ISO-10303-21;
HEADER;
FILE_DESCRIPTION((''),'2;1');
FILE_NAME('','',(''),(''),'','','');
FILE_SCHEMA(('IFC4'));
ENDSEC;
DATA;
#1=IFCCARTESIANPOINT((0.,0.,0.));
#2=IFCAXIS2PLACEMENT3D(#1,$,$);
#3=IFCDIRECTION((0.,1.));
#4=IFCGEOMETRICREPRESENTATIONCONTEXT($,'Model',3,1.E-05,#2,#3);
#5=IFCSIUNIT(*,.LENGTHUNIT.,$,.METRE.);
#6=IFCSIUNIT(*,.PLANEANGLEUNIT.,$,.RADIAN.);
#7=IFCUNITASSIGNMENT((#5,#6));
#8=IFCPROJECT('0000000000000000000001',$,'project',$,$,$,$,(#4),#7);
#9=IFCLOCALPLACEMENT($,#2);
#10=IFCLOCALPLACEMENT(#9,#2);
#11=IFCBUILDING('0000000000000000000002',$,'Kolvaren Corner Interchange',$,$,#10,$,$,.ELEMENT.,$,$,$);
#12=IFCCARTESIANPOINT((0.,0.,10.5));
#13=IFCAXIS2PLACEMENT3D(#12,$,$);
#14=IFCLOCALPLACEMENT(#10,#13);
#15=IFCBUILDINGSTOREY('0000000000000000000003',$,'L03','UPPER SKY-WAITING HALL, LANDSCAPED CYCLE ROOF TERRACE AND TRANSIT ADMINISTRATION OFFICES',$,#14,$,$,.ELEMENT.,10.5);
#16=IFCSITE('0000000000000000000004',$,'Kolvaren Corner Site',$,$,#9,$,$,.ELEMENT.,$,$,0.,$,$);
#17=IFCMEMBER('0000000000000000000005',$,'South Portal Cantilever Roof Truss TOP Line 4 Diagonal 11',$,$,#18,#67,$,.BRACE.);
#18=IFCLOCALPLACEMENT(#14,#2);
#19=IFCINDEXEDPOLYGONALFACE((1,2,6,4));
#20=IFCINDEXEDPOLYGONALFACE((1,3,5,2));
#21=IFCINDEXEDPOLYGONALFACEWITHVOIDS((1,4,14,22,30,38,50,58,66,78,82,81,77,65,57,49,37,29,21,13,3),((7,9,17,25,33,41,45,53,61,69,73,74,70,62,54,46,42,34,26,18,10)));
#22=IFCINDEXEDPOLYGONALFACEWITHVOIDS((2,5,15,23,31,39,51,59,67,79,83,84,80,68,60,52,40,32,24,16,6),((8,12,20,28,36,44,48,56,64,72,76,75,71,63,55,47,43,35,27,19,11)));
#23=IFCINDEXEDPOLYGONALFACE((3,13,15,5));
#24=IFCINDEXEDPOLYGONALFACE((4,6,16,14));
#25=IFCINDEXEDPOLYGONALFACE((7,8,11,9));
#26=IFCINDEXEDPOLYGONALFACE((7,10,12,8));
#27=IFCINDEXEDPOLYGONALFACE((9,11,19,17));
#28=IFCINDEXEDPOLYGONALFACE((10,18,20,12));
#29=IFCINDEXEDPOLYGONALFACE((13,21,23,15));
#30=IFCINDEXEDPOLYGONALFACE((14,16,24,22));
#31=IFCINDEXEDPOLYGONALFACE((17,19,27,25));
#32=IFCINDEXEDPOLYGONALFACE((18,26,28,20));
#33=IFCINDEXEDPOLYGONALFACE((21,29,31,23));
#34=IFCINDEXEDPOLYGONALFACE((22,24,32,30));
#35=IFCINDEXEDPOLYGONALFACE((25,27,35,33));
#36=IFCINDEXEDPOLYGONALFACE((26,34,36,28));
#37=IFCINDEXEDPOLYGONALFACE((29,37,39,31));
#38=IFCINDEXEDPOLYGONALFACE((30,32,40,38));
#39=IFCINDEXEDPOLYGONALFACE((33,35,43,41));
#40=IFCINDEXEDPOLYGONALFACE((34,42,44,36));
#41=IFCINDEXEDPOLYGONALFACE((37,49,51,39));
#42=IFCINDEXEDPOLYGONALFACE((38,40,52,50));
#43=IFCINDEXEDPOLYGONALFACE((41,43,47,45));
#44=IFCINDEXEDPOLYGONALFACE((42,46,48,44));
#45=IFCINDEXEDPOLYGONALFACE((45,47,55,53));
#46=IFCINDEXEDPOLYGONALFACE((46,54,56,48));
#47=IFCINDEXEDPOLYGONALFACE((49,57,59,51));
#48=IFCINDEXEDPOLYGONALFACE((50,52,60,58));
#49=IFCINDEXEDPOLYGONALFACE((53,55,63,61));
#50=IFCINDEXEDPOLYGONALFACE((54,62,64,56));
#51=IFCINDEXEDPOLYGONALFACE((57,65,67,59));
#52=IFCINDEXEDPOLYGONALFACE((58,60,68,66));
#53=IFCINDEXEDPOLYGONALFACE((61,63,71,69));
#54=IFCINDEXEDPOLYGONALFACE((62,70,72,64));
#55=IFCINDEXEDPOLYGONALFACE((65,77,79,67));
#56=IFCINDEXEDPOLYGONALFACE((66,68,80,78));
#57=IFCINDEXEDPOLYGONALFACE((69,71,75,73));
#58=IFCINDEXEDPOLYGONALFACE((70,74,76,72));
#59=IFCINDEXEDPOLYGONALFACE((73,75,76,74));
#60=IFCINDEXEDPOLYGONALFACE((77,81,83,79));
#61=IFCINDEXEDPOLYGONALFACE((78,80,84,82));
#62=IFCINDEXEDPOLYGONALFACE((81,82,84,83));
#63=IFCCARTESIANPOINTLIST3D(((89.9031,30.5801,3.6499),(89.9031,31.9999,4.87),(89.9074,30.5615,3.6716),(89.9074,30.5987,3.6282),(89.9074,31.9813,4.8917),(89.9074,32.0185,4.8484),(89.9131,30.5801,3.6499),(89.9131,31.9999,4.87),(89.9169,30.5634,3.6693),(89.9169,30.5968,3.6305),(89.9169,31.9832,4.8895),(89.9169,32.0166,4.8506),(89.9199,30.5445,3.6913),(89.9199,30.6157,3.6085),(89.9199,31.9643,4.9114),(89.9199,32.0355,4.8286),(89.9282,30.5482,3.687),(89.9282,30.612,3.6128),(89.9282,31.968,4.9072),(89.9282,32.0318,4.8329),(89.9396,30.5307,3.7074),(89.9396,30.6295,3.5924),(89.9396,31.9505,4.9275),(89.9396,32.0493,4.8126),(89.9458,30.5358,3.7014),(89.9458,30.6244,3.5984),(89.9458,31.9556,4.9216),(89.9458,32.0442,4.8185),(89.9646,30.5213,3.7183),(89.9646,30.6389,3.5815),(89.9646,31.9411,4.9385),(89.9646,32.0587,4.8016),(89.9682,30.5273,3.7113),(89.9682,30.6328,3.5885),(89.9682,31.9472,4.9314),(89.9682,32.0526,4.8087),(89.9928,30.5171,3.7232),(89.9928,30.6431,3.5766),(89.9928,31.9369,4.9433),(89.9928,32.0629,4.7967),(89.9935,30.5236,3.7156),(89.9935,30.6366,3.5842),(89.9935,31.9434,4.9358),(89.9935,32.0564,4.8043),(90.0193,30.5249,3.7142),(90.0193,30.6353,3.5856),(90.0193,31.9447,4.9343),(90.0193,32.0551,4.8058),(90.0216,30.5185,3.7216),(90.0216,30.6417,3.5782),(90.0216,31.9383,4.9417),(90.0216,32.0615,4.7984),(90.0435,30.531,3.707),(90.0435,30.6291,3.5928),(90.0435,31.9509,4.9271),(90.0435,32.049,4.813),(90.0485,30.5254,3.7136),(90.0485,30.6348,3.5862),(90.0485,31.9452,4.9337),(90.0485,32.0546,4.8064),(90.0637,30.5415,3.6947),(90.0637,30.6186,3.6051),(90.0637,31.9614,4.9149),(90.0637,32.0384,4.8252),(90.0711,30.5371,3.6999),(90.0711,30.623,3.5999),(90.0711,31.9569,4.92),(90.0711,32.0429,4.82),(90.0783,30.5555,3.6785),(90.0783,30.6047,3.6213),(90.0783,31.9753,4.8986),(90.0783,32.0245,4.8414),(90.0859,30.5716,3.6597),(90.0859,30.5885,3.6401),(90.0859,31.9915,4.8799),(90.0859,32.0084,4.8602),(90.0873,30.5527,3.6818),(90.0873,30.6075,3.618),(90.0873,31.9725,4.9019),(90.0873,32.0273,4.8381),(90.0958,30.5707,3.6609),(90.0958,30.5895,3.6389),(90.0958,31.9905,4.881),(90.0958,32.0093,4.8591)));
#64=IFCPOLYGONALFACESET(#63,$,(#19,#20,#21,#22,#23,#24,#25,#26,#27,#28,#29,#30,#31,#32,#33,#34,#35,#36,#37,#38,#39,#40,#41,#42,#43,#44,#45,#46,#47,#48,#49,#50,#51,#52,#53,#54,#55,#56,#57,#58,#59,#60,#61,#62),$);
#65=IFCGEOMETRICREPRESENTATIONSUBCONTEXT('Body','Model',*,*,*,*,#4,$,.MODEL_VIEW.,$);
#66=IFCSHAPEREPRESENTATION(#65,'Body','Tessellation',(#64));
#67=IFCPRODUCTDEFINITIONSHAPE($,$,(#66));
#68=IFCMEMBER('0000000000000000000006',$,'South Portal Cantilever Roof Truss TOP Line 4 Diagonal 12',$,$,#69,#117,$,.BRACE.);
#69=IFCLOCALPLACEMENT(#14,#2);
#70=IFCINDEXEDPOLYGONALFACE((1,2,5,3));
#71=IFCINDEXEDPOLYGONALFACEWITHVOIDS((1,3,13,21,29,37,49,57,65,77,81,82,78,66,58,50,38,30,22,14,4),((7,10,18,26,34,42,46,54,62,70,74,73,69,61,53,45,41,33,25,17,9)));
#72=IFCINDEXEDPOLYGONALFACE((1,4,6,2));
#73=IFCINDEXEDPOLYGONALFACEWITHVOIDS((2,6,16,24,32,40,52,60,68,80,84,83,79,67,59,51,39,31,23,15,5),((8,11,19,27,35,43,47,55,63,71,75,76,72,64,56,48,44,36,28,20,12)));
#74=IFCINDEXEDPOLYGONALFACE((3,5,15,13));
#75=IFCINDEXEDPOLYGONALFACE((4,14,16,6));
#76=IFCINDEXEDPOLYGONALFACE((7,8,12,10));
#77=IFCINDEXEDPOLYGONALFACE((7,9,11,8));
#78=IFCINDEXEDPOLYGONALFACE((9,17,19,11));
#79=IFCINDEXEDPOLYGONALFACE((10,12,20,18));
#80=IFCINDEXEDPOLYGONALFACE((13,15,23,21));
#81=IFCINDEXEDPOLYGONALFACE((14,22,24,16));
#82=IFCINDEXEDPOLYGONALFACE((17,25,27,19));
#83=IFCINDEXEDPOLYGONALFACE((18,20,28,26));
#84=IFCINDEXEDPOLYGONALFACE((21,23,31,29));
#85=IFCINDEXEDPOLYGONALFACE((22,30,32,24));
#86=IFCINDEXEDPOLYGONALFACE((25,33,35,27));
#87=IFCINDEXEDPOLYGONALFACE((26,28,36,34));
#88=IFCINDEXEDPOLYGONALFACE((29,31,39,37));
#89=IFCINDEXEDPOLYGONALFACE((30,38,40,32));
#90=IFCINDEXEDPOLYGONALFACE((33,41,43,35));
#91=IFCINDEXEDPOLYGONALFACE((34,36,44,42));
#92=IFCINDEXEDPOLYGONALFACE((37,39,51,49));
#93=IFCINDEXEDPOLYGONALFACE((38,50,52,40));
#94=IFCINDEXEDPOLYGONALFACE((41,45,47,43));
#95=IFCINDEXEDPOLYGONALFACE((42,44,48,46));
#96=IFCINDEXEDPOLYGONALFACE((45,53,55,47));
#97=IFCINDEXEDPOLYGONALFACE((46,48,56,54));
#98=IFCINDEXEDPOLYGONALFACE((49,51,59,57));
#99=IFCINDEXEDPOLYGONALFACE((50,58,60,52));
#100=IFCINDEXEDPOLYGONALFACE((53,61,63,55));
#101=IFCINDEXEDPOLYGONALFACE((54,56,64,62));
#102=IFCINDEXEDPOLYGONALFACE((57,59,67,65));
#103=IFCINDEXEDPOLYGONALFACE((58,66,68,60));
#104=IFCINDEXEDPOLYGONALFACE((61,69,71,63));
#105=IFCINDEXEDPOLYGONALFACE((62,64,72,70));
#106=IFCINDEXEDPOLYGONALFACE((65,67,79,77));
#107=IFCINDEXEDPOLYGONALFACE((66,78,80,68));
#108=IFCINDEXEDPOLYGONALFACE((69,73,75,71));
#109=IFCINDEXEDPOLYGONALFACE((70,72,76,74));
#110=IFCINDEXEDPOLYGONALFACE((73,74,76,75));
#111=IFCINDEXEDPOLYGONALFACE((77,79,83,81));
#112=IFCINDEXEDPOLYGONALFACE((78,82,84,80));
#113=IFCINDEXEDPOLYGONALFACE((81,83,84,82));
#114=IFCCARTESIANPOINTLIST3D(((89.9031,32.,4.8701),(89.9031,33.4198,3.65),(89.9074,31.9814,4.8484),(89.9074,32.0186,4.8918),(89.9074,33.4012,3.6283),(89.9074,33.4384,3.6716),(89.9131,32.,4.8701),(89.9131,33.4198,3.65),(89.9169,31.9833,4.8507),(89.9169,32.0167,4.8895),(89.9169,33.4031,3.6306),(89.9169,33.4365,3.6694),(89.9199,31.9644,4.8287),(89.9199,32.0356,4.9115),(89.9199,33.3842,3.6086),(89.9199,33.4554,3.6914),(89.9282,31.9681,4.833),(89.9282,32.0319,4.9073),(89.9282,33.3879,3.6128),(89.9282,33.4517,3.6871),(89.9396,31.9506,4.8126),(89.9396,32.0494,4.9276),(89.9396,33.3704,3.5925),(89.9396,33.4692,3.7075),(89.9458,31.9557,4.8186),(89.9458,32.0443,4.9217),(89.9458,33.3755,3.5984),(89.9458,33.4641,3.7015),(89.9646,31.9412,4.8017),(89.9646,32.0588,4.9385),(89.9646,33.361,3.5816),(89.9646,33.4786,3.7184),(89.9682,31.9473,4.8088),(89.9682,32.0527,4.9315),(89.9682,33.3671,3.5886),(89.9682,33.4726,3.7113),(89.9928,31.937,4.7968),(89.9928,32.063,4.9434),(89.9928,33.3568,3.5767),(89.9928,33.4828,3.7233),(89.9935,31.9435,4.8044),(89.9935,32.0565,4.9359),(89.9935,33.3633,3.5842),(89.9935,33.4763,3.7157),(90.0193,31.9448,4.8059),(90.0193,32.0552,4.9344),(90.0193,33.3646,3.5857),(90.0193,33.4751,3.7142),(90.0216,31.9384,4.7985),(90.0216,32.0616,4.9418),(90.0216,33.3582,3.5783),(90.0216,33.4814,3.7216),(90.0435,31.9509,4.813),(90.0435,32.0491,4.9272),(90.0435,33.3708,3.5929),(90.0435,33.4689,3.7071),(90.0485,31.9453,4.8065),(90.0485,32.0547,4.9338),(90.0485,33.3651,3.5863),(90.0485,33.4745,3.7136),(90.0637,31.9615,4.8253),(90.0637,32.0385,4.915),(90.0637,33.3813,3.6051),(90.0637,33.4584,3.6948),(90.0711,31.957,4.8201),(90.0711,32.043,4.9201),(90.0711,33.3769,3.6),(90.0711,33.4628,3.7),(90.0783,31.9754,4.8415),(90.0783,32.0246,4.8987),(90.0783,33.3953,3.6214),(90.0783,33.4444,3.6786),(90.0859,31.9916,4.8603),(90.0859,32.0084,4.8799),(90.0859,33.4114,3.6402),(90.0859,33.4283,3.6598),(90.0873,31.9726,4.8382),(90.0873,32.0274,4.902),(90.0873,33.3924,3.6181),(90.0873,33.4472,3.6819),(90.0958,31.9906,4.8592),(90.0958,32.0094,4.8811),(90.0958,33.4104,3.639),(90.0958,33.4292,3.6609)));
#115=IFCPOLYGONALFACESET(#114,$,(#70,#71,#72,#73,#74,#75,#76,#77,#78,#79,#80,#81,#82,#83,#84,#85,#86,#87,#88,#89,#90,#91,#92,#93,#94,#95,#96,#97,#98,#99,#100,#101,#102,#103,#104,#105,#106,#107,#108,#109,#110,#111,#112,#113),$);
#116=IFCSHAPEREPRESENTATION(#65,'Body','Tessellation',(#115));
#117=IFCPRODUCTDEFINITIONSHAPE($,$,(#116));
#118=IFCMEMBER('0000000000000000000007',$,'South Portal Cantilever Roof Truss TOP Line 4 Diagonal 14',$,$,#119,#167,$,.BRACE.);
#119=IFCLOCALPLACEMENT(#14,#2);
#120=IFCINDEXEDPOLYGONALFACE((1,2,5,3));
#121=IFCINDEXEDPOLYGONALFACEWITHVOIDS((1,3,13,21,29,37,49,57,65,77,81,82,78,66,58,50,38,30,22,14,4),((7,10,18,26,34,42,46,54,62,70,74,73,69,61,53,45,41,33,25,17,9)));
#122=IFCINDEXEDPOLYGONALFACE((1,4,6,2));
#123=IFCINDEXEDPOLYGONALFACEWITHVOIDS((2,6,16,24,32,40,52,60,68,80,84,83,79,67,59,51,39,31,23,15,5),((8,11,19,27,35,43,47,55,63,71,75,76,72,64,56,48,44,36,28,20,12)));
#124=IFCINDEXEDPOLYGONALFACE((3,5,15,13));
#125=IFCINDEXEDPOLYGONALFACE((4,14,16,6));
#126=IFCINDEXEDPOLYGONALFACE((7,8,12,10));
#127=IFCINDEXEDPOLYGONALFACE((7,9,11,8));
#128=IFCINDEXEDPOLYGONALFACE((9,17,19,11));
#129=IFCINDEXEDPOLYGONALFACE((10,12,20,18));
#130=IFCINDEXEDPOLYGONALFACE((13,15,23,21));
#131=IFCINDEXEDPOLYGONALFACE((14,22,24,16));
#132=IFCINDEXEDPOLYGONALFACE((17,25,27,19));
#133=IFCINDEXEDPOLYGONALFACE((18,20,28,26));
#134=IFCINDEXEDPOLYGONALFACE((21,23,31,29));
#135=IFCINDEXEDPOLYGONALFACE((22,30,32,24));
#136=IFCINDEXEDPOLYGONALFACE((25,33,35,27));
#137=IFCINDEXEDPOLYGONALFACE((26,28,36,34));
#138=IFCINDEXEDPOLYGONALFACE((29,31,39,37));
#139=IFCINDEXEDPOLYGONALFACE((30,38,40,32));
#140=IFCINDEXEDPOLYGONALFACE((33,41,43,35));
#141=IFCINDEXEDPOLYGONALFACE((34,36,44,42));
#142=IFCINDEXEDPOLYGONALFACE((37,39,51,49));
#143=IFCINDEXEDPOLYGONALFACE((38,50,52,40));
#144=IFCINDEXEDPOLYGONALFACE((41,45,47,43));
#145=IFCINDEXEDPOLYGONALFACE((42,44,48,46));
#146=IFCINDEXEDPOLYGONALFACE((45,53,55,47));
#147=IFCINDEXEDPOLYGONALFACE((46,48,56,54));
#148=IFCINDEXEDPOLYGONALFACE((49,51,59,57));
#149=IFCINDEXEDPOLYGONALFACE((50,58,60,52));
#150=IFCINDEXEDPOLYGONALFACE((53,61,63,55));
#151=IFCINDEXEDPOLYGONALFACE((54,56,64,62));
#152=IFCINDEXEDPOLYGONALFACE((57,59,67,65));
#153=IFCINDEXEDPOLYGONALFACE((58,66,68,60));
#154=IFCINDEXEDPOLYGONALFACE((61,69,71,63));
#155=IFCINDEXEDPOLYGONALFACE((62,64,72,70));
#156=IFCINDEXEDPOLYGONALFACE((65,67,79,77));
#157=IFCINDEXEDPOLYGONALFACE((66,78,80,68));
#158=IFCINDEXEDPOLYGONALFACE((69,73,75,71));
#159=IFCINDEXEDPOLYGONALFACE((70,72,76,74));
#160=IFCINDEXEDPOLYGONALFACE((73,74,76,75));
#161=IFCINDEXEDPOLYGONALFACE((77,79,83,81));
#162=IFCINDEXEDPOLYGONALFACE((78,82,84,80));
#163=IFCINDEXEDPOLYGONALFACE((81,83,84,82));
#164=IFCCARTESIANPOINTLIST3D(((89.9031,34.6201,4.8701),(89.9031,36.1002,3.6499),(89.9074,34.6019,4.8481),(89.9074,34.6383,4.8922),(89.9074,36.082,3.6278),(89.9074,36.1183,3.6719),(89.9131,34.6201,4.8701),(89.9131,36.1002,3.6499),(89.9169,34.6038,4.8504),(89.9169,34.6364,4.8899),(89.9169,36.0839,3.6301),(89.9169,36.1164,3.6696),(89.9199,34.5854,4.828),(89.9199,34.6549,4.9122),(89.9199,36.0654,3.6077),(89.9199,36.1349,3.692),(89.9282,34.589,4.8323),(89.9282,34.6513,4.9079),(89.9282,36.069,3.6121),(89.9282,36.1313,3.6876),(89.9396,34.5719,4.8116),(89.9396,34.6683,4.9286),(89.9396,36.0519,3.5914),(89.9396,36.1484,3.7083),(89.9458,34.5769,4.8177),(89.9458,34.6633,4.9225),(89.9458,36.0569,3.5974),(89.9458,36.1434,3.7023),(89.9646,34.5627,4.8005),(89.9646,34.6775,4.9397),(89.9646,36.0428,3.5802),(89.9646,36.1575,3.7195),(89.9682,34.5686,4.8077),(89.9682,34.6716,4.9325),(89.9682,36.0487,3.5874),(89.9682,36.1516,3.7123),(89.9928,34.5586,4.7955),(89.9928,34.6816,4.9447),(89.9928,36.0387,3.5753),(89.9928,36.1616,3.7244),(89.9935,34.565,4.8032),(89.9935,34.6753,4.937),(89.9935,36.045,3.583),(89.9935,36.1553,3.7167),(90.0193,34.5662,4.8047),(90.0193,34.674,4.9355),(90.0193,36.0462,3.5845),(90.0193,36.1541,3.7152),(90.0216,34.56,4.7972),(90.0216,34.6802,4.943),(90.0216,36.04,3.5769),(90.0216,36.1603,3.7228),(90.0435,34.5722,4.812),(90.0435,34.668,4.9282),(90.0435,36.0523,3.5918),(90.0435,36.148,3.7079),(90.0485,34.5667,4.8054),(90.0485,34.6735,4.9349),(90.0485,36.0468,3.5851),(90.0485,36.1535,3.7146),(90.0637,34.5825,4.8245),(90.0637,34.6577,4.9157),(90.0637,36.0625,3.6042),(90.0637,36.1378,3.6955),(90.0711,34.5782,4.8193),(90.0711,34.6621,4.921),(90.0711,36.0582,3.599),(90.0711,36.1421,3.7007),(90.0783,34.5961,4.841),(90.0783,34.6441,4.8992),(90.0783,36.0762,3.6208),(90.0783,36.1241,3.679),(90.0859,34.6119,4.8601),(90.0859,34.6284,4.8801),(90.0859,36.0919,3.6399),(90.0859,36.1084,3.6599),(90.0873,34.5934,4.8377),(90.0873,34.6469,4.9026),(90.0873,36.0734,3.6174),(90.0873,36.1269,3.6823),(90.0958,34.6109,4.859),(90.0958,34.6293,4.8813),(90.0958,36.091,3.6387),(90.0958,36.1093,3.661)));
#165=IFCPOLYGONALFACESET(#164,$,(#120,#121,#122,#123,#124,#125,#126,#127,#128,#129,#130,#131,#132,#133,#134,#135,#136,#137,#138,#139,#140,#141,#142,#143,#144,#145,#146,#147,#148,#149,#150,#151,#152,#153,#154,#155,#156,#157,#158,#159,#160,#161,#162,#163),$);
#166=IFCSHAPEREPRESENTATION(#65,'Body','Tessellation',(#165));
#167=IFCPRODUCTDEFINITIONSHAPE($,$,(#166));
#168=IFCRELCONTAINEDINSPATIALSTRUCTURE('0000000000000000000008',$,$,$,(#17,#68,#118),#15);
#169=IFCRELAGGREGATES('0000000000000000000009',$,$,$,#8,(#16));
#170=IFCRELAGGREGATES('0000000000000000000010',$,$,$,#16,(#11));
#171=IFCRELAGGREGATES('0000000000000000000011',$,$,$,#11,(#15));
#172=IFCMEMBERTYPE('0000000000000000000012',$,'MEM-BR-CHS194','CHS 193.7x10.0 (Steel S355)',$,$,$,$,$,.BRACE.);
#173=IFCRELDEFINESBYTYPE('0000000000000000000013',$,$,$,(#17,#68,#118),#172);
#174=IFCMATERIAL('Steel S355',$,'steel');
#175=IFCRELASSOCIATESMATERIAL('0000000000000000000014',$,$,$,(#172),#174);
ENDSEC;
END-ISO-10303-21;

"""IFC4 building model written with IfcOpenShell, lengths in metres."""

from ifc_helpers import new_model, si_unit, direction, frame, origin, origin_2d, place, context, subcontext, project, spatial, hollow_circle, extrude, material, material_profile, profile_set, type_object, element, save


model = new_model("IFC4")

# Units and contexts
model_context = context("Model", 3, precision=1e-05, world=origin(), true_north=direction((0.0, 1.0)))
body_context = subcontext(model_context, "Body", "Model", "MODEL_VIEW")
ifc_project = project(units=[si_unit("LENGTHUNIT", "METRE"), si_unit("PLANEANGLEUNIT", "RADIAN")], contexts=[model_context])

# Site, building, storey
site_placement = place(None, origin())
site = spatial("IfcSite", under=ifc_project, at=site_placement, Name="Kolvaren Corner Site", CompositionType="ELEMENT", RefElevation=0.0)
building_placement = place(site_placement, origin())
building = spatial("IfcBuilding", under=site, at=building_placement, Name="Kolvaren Corner Interchange", CompositionType="ELEMENT")
storey_placement = place(building_placement, frame((0.0, 0.0, 10.5)))
storey = spatial("IfcBuildingStorey", under=building, at=storey_placement, Name="L03", Description="UPPER SKY-WAITING HALL, LANDSCAPED CYCLE ROOF TERRACE AND TRANSIT ADMINISTRATION OFFICES", CompositionType="ELEMENT", Elevation=10.5)

# Members
ifc_material_1 = material(Name="Steel S355", Category="steel")
ifc_material_profile_1 = material_profile(ifc_material_1, hollow_circle(Radius=0.0969, WallThickness=0.01, at=origin_2d()), Name="CHS 193.7x10.0")
ifc_profile_set_1 = profile_set([ifc_material_profile_1], Name="Steel S355")
member_type_1 = type_object("IfcMemberType", Name="MEM-BR-CHS194", Description="CHS 193.7x10.0 (Steel S355)", PredefinedType="BRACE", material=ifc_profile_set_1)
for number, where, z_axis, x_axis, name in (
    (1, (90.0, 30.5801, 3.6499), (0.0, 0.758428, 0.651757), (-1.0, 0.0, 0.0), "South Portal Cantilever Roof Truss TOP Line 4 Diagonal 11"),
    (2, (90.0, 32.0, 4.8701), (0.0, 0.758428, -0.651757), (-1.0, 0.0, 0.0), "South Portal Cantilever Roof Truss TOP Line 4 Diagonal 12"),
):
    element("IfcMember", number, at=place(storey_placement, frame(where, z_axis=z_axis, x_axis=x_axis)), inside=storey, type_object=member_type_1, Name=name, PredefinedType="BRACE", context=body_context, shape_type="SweptSolid", body=[
        extrude(hollow_circle(Radius=0.0969, WallThickness=0.01, at=origin_2d()), origin(), (0.0, 0.0, 1.0), 1.8721),
    ])
member_1_placement = place(storey_placement, frame((90.0, 34.6201, 4.8701), z_axis=(0.0, 0.77157, -0.636144), x_axis=(-1.0, 0.0, 0.0)))
element("IfcMember", 3, at=member_1_placement, inside=storey, type_object=member_type_1, Name="South Portal Cantilever Roof Truss TOP Line 4 Diagonal 14", PredefinedType="BRACE", context=body_context, shape_type="SweptSolid", body=[
    extrude(hollow_circle(Radius=0.0969, WallThickness=0.01, at=origin_2d()), origin(), (0.0, 0.0, 1.0), 1.9182),
])

save(model, "model.ifc")
